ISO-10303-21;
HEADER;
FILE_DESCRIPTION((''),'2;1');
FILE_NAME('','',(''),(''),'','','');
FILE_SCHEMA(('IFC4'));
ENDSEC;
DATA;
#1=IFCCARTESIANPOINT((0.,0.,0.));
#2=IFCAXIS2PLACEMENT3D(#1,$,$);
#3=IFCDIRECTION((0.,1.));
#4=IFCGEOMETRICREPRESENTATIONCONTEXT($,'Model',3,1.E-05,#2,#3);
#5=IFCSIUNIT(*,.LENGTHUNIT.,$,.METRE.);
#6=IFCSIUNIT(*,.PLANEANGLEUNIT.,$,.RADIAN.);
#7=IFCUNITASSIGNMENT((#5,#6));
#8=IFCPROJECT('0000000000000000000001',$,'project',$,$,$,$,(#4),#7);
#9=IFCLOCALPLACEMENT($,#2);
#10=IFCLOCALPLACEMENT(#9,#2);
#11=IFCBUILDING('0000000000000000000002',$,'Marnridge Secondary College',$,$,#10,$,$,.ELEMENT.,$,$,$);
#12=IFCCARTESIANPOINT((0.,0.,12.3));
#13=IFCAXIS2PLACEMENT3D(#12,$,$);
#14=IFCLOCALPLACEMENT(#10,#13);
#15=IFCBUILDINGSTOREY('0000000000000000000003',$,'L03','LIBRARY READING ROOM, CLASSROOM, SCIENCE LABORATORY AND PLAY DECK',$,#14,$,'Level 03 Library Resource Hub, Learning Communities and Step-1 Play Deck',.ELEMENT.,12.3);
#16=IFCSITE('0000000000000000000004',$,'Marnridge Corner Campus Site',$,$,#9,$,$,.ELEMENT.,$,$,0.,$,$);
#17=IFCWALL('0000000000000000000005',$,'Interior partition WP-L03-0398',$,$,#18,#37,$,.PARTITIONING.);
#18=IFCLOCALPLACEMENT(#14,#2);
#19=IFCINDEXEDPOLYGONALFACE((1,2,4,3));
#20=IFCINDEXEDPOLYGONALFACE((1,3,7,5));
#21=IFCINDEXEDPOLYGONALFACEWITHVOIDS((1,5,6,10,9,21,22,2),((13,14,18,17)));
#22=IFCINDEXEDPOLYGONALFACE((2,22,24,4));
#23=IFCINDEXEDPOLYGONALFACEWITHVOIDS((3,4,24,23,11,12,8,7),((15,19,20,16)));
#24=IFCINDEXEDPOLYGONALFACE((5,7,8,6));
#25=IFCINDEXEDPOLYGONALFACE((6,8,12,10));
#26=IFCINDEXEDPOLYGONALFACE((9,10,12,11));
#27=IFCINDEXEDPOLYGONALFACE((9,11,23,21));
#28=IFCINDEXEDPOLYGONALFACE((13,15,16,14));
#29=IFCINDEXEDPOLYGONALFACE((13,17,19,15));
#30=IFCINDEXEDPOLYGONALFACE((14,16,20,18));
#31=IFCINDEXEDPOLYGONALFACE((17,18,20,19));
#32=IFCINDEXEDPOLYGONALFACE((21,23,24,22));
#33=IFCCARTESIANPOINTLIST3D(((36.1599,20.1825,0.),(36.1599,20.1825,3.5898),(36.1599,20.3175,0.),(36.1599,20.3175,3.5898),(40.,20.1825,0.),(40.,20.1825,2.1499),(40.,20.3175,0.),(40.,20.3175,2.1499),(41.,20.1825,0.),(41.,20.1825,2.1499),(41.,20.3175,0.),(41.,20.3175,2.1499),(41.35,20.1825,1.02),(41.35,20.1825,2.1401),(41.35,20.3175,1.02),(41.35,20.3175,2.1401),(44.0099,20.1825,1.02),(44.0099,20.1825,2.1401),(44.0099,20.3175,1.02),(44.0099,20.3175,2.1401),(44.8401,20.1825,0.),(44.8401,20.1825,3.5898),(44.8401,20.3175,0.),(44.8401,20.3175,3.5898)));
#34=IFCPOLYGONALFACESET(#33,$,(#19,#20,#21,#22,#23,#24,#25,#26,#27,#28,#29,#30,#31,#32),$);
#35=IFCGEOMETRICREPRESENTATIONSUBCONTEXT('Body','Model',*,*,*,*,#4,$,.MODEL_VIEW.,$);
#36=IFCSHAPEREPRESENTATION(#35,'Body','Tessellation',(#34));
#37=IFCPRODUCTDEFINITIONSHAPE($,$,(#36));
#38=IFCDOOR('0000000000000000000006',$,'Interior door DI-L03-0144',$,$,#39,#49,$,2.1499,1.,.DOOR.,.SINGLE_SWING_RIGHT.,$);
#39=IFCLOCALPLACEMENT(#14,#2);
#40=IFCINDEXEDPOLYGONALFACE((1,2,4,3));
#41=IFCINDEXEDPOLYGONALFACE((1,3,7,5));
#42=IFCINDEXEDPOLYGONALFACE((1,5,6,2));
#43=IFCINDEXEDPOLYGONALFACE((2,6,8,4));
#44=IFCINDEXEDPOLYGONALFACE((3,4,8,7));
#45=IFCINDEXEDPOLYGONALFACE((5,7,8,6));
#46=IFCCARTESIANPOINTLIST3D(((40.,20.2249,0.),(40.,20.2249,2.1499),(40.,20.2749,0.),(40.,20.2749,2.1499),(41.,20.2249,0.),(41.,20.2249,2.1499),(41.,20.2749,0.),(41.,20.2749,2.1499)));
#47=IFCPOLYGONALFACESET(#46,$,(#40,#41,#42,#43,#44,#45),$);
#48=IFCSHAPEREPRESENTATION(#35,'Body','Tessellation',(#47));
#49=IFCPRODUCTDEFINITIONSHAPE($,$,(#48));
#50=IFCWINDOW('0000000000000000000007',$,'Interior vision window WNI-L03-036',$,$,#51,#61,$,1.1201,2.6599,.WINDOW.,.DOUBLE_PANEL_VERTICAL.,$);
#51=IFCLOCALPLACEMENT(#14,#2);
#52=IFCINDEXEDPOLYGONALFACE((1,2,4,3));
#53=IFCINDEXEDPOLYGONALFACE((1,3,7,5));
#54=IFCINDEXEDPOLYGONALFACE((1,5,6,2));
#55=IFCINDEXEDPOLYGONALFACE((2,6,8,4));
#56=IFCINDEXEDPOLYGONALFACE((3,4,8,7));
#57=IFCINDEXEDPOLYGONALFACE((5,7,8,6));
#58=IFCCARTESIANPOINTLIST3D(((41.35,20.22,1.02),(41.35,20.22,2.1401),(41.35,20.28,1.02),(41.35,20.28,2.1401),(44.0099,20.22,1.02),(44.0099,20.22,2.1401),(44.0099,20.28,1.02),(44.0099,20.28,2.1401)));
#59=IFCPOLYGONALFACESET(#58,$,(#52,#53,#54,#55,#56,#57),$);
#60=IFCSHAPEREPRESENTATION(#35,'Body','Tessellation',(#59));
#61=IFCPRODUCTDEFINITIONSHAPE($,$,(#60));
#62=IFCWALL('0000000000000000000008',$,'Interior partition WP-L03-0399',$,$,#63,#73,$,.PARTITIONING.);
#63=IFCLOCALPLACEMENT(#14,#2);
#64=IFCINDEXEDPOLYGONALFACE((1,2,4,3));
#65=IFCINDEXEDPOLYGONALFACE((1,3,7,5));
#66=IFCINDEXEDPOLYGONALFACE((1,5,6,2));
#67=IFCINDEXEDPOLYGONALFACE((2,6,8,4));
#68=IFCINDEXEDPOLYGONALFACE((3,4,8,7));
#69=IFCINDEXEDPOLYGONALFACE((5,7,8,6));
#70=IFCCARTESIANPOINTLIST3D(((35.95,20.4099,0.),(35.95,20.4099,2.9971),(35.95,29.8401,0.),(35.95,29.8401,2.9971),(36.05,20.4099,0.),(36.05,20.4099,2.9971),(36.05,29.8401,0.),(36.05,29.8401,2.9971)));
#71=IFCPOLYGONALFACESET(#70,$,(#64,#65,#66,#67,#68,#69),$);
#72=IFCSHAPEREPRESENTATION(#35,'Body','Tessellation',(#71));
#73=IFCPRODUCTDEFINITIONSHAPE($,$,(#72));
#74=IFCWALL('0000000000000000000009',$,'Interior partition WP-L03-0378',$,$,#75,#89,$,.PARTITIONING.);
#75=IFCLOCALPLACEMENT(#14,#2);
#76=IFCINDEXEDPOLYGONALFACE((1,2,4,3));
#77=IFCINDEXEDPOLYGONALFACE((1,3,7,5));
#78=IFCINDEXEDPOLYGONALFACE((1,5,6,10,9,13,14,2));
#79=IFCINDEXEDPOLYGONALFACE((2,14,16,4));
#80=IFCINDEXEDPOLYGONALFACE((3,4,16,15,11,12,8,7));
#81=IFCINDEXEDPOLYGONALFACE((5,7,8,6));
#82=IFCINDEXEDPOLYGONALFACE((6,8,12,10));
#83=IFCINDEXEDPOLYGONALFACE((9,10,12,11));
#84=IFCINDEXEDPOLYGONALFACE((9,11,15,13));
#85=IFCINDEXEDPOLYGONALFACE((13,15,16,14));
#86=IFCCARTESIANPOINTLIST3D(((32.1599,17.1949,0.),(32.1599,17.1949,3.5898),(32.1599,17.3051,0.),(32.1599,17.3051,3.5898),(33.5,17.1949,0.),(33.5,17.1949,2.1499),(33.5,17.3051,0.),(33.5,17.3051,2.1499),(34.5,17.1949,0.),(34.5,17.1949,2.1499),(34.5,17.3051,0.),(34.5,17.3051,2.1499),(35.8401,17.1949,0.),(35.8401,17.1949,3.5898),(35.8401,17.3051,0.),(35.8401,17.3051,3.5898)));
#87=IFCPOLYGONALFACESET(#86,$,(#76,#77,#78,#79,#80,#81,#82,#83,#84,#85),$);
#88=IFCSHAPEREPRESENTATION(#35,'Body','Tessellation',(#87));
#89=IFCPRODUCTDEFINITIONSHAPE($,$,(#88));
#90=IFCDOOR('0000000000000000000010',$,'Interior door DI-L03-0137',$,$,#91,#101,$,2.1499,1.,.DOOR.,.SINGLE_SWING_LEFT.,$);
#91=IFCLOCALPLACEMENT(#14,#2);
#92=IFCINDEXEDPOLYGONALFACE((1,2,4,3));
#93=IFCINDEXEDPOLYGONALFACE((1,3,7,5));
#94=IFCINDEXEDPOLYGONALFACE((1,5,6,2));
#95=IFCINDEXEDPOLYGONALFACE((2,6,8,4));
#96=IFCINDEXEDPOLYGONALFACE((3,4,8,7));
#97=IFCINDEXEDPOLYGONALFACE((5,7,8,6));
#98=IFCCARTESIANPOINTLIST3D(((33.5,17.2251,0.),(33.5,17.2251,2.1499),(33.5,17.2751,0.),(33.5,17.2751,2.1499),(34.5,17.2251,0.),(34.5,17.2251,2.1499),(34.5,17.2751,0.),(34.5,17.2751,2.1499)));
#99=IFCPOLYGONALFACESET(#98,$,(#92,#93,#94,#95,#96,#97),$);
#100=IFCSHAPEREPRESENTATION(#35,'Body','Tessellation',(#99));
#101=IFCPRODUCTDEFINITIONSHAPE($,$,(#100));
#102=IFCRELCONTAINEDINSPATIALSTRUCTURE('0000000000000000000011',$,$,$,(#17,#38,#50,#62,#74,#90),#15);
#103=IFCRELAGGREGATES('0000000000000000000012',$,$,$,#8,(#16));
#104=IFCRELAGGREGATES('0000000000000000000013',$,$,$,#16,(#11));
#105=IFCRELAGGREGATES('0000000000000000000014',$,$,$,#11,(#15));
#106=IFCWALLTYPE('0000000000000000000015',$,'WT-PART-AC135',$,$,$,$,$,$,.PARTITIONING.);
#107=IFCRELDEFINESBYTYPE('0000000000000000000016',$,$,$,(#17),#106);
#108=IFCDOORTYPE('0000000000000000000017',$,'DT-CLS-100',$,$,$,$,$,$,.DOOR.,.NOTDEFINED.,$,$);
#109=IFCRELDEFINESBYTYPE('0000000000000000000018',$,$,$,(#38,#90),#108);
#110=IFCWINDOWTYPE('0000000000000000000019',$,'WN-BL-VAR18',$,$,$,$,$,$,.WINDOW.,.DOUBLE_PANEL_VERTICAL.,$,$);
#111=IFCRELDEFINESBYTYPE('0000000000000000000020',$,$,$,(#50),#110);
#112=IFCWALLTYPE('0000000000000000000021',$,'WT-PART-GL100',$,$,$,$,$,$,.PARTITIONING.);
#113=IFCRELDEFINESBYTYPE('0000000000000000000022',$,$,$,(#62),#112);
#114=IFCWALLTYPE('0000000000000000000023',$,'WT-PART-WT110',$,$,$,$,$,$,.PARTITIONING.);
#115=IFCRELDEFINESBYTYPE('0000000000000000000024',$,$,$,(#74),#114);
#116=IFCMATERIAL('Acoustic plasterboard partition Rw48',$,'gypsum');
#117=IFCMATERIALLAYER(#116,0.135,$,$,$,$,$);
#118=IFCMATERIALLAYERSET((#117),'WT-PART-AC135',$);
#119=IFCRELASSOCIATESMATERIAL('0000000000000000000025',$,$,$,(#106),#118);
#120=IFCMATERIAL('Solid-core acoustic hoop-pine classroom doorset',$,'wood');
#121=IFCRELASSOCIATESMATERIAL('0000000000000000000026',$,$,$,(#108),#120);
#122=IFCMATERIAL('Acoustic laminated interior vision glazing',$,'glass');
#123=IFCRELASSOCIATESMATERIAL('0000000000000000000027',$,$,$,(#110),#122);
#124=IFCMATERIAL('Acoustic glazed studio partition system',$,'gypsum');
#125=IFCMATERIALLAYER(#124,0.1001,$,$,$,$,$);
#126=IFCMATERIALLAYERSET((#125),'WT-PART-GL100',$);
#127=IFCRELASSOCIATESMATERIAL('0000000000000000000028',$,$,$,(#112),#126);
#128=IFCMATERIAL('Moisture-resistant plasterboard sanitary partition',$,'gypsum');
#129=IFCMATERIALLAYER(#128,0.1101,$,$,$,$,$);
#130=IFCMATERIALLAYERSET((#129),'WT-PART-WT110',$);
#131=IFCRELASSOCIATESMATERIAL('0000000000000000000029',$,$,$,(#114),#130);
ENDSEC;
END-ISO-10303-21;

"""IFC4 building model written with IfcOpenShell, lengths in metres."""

from ifc_helpers import new_model, si_unit, direction, frame, frame_2d, origin, place, context, subcontext, project, spatial, rectangle, extrude, material, layer, layer_set, type_object, element, fill, save


model = new_model("IFC4")

# Units and contexts
model_context = context("Model", 3, precision=1e-05, world=origin(), true_north=direction((0.0, 1.0)))
body_context = subcontext(model_context, "Body", "Model", "MODEL_VIEW")
ifc_project = project(units=[si_unit("LENGTHUNIT", "METRE"), si_unit("PLANEANGLEUNIT", "RADIAN")], contexts=[model_context])

# Site, building, storey
site_placement = place(None, origin())
site = spatial("IfcSite", under=ifc_project, at=site_placement, Name="Marnridge Corner Campus Site", CompositionType="ELEMENT", RefElevation=0.0)
building_placement = place(site_placement, origin())
building = spatial("IfcBuilding", under=site, at=building_placement, Name="Marnridge Secondary College", CompositionType="ELEMENT")
storey_placement = place(building_placement, frame((0.0, 0.0, 12.3)))
storey = spatial("IfcBuildingStorey", under=building, at=storey_placement, Name="L03", Description="LIBRARY READING ROOM, CLASSROOM, SCIENCE LABORATORY AND PLAY DECK", LongName="Level 03 Library Resource Hub, Learning Communities and Step-1 Play Deck", CompositionType="ELEMENT", Elevation=12.3)

# Wall, openings, door, window
ifc_material_1 = material(Name="Acoustic plasterboard partition Rw48", Category="gypsum")
ifc_layer_1 = layer(ifc_material_1, 0.135)
ifc_layer_set_1 = layer_set([ifc_layer_1], Name="WT-PART-AC135")
wall_type_1 = type_object("IfcWallType", Name="WT-PART-AC135", PredefinedType="PARTITIONING", material=ifc_layer_set_1)
ifc_material_2 = material(Name="Solid-core acoustic hoop-pine classroom doorset", Category="wood")
door_type = type_object("IfcDoorType", Name="DT-CLS-100", OperationType="NOTDEFINED", PredefinedType="DOOR", material=ifc_material_2)
wall_1_placement = place(storey_placement, frame((36.1599, 20.25, 0.0), z_axis=(0.0, 0.0, 1.0), x_axis=(1.0, 0.0, 0.0)))
wall_1 = element("IfcWall", 1, at=wall_1_placement, inside=storey, type_object=wall_type_1, Name="Interior partition WP-L03-0398", PredefinedType="PARTITIONING", context=body_context, shape_type="SweptSolid", body=[
    extrude(rectangle(XDim=8.6802, YDim=0.135, at=frame_2d((4.3401, 0.0))), origin(), (0.0, 0.0, 1.0), 3.5898),
])
opening_1_placement = place(wall_1_placement, frame((3.8401, 0.0, 0.0)))
opening_1 = element("IfcOpeningElement", 2, at=opening_1_placement, cuts=wall_1, PredefinedType="OPENING", context=body_context, shape_type="SweptSolid", body=[
    extrude(rectangle(XDim=1.0, YDim=2.1499, at=frame_2d((0.5, 1.075))), frame((0.0, 0.0774, 0.0), z_axis=(0.0, -1.0, 0.0), x_axis=(1.0, 0.0, 0.0)), (0.0, 0.0, 1.0), 0.155),
])
opening_2_placement = place(wall_1_placement, frame((5.1899, 0.0, 1.02)))
opening_2 = element("IfcOpeningElement", 3, at=opening_2_placement, cuts=wall_1, PredefinedType="OPENING", context=body_context, shape_type="SweptSolid", body=[
    extrude(rectangle(XDim=2.6599, YDim=1.1201, at=frame_2d((1.3301, 0.5601))), frame((0.0, 0.0774, 0.0), z_axis=(0.0, -1.0, 0.0), x_axis=(1.0, 0.0, 0.0)), (0.0, 0.0, 1.0), 0.155),
])
door_1_placement = place(opening_1_placement, origin())
door_1 = element("IfcDoor", 4, at=door_1_placement, inside=storey, type_object=door_type, Name="Interior door DI-L03-0144", OperationType="SINGLE_SWING_RIGHT", OverallHeight=2.1499, OverallWidth=1.0, PredefinedType="DOOR", context=body_context, shape_type="SweptSolid", body=[
    extrude(rectangle(XDim=1.0, YDim=2.1499, at=frame_2d((0.5, 1.075))), frame((0.0, 0.0249, 0.0), z_axis=(0.0, -1.0, 0.0), x_axis=(1.0, 0.0, 0.0)), (0.0, 0.0, 1.0), 0.05),
])
fill(opening_1, door_1)
ifc_material_3 = material(Name="Acoustic laminated interior vision glazing", Category="glass")
window_type_1 = type_object("IfcWindowType", Name="WN-BL-VAR18", PartitioningType="DOUBLE_PANEL_VERTICAL", PredefinedType="WINDOW", material=ifc_material_3)
window_1_placement = place(opening_2_placement, origin())
window_1 = element("IfcWindow", 5, at=window_1_placement, inside=storey, type_object=window_type_1, Name="Interior vision window WNI-L03-036", OverallHeight=1.1201, OverallWidth=2.6599, PartitioningType="DOUBLE_PANEL_VERTICAL", PredefinedType="WINDOW", context=body_context, shape_type="SweptSolid", body=[
    extrude(rectangle(XDim=2.6599, YDim=1.1201, at=frame_2d((1.3301, 0.5601))), frame((0.0, 0.03, 0.0), z_axis=(0.0, -1.0, 0.0), x_axis=(1.0, 0.0, 0.0)), (0.0, 0.0, 1.0), 0.0601),
])
fill(opening_2, window_1)

# Wall
ifc_material_4 = material(Name="Acoustic glazed studio partition system", Category="gypsum")
ifc_layer_2 = layer(ifc_material_4, 0.1001)
ifc_layer_set_2 = layer_set([ifc_layer_2], Name="WT-PART-GL100")
wall_type_2 = type_object("IfcWallType", Name="WT-PART-GL100", PredefinedType="PARTITIONING", material=ifc_layer_set_2)
wall_2_placement = place(storey_placement, frame((36.0, 20.4099, 0.0), z_axis=(0.0, 0.0, 1.0), x_axis=(0.0, 1.0, 0.0)))
element("IfcWall", 6, at=wall_2_placement, inside=storey, type_object=wall_type_2, Name="Interior partition WP-L03-0399", PredefinedType="PARTITIONING", context=body_context, shape_type="SweptSolid", body=[
    extrude(rectangle(XDim=9.4302, YDim=0.1001, at=frame_2d((4.7151, 0.0))), origin(), (0.0, 0.0, 1.0), 2.9971),
])

# Wall, opening, door
ifc_material_5 = material(Name="Moisture-resistant plasterboard sanitary partition", Category="gypsum")
ifc_layer_3 = layer(ifc_material_5, 0.1101)
ifc_layer_set_3 = layer_set([ifc_layer_3], Name="WT-PART-WT110")
wall_type_3 = type_object("IfcWallType", Name="WT-PART-WT110", PredefinedType="PARTITIONING", material=ifc_layer_set_3)
wall_3_placement = place(storey_placement, frame((35.8401, 17.25, 0.0), z_axis=(0.0, 0.0, 1.0), x_axis=(-1.0, 0.0, 0.0)))
wall_3 = element("IfcWall", 7, at=wall_3_placement, inside=storey, type_object=wall_type_3, Name="Interior partition WP-L03-0378", PredefinedType="PARTITIONING", context=body_context, shape_type="SweptSolid", body=[
    extrude(rectangle(XDim=3.6802, YDim=0.1101, at=frame_2d((1.8401, 0.0))), origin(), (0.0, 0.0, 1.0), 3.5898),
])
opening_3_placement = place(wall_3_placement, frame((1.3401, 0.0, 0.0)))
opening_3 = element("IfcOpeningElement", 8, at=opening_3_placement, cuts=wall_3, PredefinedType="OPENING", context=body_context, shape_type="SweptSolid", body=[
    extrude(rectangle(XDim=1.0, YDim=2.1499, at=frame_2d((0.5, 1.075))), frame((0.0, 0.0649, 0.0), z_axis=(0.0, -1.0, 0.0), x_axis=(1.0, 0.0, 0.0)), (0.0, 0.0, 1.0), 0.1301),
])
door_2_placement = place(opening_3_placement, origin())
door_2 = element("IfcDoor", 9, at=door_2_placement, inside=storey, type_object=door_type, Name="Interior door DI-L03-0137", OperationType="SINGLE_SWING_LEFT", OverallHeight=2.1499, OverallWidth=1.0, PredefinedType="DOOR", context=body_context, shape_type="SweptSolid", body=[
    extrude(rectangle(XDim=1.0, YDim=2.1499, at=frame_2d((0.5, 1.075))), frame((0.0, 0.0249, 0.0), z_axis=(0.0, -1.0, 0.0), x_axis=(1.0, 0.0, 0.0)), (0.0, 0.0, 1.0), 0.05),
])
fill(opening_3, door_2)

save(model, "model.ifc")
